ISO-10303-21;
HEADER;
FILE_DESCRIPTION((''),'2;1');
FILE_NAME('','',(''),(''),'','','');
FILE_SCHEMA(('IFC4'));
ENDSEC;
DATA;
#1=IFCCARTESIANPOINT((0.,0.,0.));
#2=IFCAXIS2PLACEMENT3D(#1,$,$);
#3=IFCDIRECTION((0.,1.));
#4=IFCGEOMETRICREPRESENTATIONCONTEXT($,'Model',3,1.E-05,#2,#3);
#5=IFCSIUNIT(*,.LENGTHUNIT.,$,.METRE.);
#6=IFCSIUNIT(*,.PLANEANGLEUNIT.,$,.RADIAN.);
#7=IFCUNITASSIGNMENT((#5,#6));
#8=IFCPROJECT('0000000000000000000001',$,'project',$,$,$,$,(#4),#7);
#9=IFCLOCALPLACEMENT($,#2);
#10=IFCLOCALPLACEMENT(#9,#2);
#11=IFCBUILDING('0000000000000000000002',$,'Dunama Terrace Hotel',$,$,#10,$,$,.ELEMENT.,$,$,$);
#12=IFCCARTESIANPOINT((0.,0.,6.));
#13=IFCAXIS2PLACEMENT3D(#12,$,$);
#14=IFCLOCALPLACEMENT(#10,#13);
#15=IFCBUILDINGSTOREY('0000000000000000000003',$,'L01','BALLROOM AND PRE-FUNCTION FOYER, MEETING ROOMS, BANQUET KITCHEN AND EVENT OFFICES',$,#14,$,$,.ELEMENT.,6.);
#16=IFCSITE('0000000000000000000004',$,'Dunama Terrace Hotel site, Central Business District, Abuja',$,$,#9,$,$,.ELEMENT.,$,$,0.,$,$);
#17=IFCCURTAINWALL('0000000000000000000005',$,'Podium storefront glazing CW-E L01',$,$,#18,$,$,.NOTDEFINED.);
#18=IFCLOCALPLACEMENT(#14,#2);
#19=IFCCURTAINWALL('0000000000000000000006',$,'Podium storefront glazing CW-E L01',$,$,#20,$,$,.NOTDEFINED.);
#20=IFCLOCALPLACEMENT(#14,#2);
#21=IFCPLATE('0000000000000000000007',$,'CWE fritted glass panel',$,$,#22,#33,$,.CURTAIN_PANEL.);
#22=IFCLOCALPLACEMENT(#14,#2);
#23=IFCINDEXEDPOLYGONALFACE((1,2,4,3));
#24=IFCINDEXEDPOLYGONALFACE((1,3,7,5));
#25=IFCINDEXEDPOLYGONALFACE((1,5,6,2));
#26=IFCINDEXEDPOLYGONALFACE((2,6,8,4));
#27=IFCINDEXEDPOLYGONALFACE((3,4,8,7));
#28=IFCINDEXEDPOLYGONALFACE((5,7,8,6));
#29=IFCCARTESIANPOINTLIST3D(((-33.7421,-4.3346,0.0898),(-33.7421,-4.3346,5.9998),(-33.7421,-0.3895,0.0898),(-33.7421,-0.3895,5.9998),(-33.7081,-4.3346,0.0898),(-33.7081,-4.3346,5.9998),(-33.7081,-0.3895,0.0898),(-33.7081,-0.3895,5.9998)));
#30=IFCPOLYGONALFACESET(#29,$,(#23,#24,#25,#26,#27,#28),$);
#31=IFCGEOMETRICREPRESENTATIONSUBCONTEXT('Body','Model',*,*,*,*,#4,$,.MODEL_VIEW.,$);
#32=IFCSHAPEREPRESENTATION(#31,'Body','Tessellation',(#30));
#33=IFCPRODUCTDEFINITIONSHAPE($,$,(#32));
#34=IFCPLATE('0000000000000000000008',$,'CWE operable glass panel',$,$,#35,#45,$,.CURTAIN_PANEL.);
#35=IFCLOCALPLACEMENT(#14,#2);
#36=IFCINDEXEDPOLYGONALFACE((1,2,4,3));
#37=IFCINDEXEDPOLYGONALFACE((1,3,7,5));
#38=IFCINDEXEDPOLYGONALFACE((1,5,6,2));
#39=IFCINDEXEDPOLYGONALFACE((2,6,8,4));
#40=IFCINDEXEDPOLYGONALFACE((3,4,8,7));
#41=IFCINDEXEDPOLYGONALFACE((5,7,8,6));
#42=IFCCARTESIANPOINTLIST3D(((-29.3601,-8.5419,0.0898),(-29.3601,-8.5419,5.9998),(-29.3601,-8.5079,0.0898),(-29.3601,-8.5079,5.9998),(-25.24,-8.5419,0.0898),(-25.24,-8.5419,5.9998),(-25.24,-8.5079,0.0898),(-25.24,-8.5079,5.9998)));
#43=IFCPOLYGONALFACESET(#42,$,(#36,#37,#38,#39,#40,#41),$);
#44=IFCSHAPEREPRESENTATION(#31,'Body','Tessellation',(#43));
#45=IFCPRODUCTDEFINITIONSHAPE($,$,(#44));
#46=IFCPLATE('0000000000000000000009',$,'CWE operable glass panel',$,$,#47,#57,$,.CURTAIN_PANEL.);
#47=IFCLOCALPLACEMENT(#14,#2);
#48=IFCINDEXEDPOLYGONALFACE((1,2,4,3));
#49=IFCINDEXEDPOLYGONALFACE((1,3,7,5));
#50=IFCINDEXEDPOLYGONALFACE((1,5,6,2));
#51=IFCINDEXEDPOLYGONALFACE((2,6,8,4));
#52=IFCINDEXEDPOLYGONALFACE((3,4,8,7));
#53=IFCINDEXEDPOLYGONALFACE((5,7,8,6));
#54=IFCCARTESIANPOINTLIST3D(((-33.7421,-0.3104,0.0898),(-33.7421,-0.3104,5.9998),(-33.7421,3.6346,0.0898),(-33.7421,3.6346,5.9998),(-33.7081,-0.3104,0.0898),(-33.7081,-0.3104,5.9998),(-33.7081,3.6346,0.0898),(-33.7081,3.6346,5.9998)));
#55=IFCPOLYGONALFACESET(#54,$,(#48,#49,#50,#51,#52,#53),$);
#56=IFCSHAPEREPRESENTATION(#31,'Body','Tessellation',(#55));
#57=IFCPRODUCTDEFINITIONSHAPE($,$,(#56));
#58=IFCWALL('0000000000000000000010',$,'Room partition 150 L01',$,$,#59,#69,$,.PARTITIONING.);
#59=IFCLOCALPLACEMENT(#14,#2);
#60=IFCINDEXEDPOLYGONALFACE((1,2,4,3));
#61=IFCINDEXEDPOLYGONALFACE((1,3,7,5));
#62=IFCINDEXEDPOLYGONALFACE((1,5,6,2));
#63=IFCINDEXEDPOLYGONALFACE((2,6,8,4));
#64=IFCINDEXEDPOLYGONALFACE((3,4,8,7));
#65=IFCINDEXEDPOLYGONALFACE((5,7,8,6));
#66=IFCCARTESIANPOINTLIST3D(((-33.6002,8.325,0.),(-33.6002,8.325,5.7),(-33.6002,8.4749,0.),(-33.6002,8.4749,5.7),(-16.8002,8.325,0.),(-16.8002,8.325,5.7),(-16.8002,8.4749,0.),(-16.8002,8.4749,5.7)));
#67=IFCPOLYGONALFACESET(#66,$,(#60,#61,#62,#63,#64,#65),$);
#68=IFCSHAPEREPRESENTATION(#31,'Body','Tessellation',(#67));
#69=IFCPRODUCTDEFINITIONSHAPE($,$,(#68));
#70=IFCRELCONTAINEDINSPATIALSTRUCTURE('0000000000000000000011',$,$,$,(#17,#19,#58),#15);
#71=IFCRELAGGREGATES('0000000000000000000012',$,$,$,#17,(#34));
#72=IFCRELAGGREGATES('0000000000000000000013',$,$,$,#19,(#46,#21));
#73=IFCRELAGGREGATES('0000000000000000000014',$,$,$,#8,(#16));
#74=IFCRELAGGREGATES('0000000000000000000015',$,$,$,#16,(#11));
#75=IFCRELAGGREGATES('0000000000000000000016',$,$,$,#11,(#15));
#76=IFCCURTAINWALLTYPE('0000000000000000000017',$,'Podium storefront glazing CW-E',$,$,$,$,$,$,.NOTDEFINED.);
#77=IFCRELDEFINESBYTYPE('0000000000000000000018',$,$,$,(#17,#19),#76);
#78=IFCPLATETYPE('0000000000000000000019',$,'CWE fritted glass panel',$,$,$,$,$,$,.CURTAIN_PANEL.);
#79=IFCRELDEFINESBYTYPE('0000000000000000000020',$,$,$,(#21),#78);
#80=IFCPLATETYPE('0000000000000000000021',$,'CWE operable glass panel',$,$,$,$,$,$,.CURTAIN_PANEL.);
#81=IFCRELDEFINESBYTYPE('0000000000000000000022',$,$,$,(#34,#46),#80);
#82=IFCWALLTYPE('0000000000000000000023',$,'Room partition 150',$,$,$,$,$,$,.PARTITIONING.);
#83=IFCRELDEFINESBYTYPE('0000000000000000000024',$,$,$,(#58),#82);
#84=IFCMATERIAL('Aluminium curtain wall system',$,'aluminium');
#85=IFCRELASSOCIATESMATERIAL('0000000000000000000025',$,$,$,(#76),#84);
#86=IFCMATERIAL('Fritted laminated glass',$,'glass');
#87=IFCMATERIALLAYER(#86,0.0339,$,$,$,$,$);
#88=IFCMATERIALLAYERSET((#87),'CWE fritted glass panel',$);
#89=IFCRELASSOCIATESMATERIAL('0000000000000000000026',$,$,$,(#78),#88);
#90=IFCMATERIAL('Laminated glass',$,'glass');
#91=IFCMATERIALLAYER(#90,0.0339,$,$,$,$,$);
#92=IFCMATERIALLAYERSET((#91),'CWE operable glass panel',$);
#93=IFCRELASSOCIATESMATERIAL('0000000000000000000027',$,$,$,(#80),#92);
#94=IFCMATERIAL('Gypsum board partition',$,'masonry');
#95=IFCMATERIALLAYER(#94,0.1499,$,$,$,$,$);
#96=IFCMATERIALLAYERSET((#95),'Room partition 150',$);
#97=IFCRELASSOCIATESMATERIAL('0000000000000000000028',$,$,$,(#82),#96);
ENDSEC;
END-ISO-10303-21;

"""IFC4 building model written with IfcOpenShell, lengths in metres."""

from ifc_helpers import new_model, si_unit, direction, frame, frame_2d, origin, origin_2d, place, context, subcontext, project, spatial, rectangle, extrude, material, layer, layer_set, type_object, element, aggregate, save


model = new_model("IFC4")

# Units and contexts
model_context = context("Model", 3, precision=1e-05, world=origin(), true_north=direction((0.0, 1.0)))
body_context = subcontext(model_context, "Body", "Model", "MODEL_VIEW")
ifc_project = project(units=[si_unit("LENGTHUNIT", "METRE"), si_unit("PLANEANGLEUNIT", "RADIAN")], contexts=[model_context])

# Site, building, storey
site_placement = place(None, origin())
site = spatial("IfcSite", under=ifc_project, at=site_placement, Name="Dunama Terrace Hotel site, Central Business District, Abuja", CompositionType="ELEMENT", RefElevation=0.0)
building_placement = place(site_placement, origin())
building = spatial("IfcBuilding", under=site, at=building_placement, Name="Dunama Terrace Hotel", CompositionType="ELEMENT")
storey_placement = place(building_placement, frame((0.0, 0.0, 6.0)))
storey = spatial("IfcBuildingStorey", under=building, at=storey_placement, Name="L01", Description="BALLROOM AND PRE-FUNCTION FOYER, MEETING ROOMS, BANQUET KITCHEN AND EVENT OFFICES", CompositionType="ELEMENT", Elevation=6.0)

# Curtain wall
ifc_material_1 = material(Name="Aluminium curtain wall system", Category="aluminium")
curtain_wall_type = type_object("IfcCurtainWallType", Name="Podium storefront glazing CW-E", PredefinedType="NOTDEFINED", material=ifc_material_1)
curtain_wall_1_placement = place(storey_placement, origin())
curtain_wall_1 = element("IfcCurtainWall", 1, at=curtain_wall_1_placement, inside=storey, type_object=curtain_wall_type, Name="Podium storefront glazing CW-E L01", PredefinedType="NOTDEFINED")

# Curtain wall
curtain_wall_2_placement = place(storey_placement, origin())
curtain_wall_2 = element("IfcCurtainWall", 2, at=curtain_wall_2_placement, inside=storey, type_object=curtain_wall_type, Name="Podium storefront glazing CW-E L01", PredefinedType="NOTDEFINED")

# Plates
ifc_material_2 = material(Name="Fritted laminated glass", Category="glass")
ifc_layer_1 = layer(ifc_material_2, 0.0339)
ifc_layer_set_1 = layer_set([ifc_layer_1], Name="CWE fritted glass panel")
plate_type_1 = type_object("IfcPlateType", Name="CWE fritted glass panel", PredefinedType="CURTAIN_PANEL", material=ifc_layer_set_1)
plate_1_placement = place(storey_placement, frame((-33.7251, -2.3621, 0.0898), z_axis=(0.0, 0.0, 1.0), x_axis=(0.0, -1.0, 0.0)))
plate_1 = element("IfcPlate", 3, at=plate_1_placement, type_object=plate_type_1, Name="CWE fritted glass panel", PredefinedType="CURTAIN_PANEL", context=body_context, shape_type="SweptSolid", body=[
    extrude(rectangle(XDim=3.9451, YDim=0.0339, at=origin_2d()), origin(), (0.0, 0.0, 1.0), 5.9099),
])
ifc_material_3 = material(Name="Laminated glass", Category="glass")
ifc_layer_2 = layer(ifc_material_3, 0.0339)
ifc_layer_set_2 = layer_set([ifc_layer_2], Name="CWE operable glass panel")
plate_type_2 = type_object("IfcPlateType", Name="CWE operable glass panel", PredefinedType="CURTAIN_PANEL", material=ifc_layer_set_2)
plate_2_placement = place(storey_placement, frame((-27.3, -8.5249, 0.0898), z_axis=(0.0, 0.0, 1.0), x_axis=(1.0, 0.0, 0.0)))
plate_2 = element("IfcPlate", 4, at=plate_2_placement, type_object=plate_type_2, Name="CWE operable glass panel", PredefinedType="CURTAIN_PANEL", context=body_context, shape_type="SweptSolid", body=[
    extrude(rectangle(XDim=4.1201, YDim=0.0339, at=origin_2d()), origin(), (0.0, 0.0, 1.0), 5.9099),
])
aggregate(curtain_wall_1, [plate_2])
plate_3_placement = place(storey_placement, frame((-33.7251, 1.6621, 0.0898), z_axis=(0.0, 0.0, 1.0), x_axis=(0.0, -1.0, 0.0)))
plate_3 = element("IfcPlate", 5, at=plate_3_placement, type_object=plate_type_2, Name="CWE operable glass panel", PredefinedType="CURTAIN_PANEL", context=body_context, shape_type="SweptSolid", body=[
    extrude(rectangle(XDim=3.9451, YDim=0.0339, at=origin_2d()), origin(), (0.0, 0.0, 1.0), 5.9099),
])
aggregate(curtain_wall_2, [plate_3, plate_1])

# Wall
ifc_material_4 = material(Name="Gypsum board partition", Category="masonry")
ifc_layer_3 = layer(ifc_material_4, 0.1499)
ifc_layer_set_3 = layer_set([ifc_layer_3], Name="Room partition 150")
wall_type = type_object("IfcWallType", Name="Room partition 150", PredefinedType="PARTITIONING", material=ifc_layer_set_3)
wall_placement = place(storey_placement, frame((-33.6001, 8.3999, 0.0), z_axis=(0.0, 0.0, 1.0), x_axis=(1.0, 0.0, 0.0)))
element("IfcWall", 6, at=wall_placement, inside=storey, type_object=wall_type, Name="Room partition 150 L01", PredefinedType="PARTITIONING", context=body_context, shape_type="SweptSolid", body=[
    extrude(rectangle(XDim=16.8, YDim=0.1499, at=frame_2d((8.3999, 0.0))), origin(), (0.0, 0.0, 1.0), 5.7),
])

save(model, "model.ifc")
